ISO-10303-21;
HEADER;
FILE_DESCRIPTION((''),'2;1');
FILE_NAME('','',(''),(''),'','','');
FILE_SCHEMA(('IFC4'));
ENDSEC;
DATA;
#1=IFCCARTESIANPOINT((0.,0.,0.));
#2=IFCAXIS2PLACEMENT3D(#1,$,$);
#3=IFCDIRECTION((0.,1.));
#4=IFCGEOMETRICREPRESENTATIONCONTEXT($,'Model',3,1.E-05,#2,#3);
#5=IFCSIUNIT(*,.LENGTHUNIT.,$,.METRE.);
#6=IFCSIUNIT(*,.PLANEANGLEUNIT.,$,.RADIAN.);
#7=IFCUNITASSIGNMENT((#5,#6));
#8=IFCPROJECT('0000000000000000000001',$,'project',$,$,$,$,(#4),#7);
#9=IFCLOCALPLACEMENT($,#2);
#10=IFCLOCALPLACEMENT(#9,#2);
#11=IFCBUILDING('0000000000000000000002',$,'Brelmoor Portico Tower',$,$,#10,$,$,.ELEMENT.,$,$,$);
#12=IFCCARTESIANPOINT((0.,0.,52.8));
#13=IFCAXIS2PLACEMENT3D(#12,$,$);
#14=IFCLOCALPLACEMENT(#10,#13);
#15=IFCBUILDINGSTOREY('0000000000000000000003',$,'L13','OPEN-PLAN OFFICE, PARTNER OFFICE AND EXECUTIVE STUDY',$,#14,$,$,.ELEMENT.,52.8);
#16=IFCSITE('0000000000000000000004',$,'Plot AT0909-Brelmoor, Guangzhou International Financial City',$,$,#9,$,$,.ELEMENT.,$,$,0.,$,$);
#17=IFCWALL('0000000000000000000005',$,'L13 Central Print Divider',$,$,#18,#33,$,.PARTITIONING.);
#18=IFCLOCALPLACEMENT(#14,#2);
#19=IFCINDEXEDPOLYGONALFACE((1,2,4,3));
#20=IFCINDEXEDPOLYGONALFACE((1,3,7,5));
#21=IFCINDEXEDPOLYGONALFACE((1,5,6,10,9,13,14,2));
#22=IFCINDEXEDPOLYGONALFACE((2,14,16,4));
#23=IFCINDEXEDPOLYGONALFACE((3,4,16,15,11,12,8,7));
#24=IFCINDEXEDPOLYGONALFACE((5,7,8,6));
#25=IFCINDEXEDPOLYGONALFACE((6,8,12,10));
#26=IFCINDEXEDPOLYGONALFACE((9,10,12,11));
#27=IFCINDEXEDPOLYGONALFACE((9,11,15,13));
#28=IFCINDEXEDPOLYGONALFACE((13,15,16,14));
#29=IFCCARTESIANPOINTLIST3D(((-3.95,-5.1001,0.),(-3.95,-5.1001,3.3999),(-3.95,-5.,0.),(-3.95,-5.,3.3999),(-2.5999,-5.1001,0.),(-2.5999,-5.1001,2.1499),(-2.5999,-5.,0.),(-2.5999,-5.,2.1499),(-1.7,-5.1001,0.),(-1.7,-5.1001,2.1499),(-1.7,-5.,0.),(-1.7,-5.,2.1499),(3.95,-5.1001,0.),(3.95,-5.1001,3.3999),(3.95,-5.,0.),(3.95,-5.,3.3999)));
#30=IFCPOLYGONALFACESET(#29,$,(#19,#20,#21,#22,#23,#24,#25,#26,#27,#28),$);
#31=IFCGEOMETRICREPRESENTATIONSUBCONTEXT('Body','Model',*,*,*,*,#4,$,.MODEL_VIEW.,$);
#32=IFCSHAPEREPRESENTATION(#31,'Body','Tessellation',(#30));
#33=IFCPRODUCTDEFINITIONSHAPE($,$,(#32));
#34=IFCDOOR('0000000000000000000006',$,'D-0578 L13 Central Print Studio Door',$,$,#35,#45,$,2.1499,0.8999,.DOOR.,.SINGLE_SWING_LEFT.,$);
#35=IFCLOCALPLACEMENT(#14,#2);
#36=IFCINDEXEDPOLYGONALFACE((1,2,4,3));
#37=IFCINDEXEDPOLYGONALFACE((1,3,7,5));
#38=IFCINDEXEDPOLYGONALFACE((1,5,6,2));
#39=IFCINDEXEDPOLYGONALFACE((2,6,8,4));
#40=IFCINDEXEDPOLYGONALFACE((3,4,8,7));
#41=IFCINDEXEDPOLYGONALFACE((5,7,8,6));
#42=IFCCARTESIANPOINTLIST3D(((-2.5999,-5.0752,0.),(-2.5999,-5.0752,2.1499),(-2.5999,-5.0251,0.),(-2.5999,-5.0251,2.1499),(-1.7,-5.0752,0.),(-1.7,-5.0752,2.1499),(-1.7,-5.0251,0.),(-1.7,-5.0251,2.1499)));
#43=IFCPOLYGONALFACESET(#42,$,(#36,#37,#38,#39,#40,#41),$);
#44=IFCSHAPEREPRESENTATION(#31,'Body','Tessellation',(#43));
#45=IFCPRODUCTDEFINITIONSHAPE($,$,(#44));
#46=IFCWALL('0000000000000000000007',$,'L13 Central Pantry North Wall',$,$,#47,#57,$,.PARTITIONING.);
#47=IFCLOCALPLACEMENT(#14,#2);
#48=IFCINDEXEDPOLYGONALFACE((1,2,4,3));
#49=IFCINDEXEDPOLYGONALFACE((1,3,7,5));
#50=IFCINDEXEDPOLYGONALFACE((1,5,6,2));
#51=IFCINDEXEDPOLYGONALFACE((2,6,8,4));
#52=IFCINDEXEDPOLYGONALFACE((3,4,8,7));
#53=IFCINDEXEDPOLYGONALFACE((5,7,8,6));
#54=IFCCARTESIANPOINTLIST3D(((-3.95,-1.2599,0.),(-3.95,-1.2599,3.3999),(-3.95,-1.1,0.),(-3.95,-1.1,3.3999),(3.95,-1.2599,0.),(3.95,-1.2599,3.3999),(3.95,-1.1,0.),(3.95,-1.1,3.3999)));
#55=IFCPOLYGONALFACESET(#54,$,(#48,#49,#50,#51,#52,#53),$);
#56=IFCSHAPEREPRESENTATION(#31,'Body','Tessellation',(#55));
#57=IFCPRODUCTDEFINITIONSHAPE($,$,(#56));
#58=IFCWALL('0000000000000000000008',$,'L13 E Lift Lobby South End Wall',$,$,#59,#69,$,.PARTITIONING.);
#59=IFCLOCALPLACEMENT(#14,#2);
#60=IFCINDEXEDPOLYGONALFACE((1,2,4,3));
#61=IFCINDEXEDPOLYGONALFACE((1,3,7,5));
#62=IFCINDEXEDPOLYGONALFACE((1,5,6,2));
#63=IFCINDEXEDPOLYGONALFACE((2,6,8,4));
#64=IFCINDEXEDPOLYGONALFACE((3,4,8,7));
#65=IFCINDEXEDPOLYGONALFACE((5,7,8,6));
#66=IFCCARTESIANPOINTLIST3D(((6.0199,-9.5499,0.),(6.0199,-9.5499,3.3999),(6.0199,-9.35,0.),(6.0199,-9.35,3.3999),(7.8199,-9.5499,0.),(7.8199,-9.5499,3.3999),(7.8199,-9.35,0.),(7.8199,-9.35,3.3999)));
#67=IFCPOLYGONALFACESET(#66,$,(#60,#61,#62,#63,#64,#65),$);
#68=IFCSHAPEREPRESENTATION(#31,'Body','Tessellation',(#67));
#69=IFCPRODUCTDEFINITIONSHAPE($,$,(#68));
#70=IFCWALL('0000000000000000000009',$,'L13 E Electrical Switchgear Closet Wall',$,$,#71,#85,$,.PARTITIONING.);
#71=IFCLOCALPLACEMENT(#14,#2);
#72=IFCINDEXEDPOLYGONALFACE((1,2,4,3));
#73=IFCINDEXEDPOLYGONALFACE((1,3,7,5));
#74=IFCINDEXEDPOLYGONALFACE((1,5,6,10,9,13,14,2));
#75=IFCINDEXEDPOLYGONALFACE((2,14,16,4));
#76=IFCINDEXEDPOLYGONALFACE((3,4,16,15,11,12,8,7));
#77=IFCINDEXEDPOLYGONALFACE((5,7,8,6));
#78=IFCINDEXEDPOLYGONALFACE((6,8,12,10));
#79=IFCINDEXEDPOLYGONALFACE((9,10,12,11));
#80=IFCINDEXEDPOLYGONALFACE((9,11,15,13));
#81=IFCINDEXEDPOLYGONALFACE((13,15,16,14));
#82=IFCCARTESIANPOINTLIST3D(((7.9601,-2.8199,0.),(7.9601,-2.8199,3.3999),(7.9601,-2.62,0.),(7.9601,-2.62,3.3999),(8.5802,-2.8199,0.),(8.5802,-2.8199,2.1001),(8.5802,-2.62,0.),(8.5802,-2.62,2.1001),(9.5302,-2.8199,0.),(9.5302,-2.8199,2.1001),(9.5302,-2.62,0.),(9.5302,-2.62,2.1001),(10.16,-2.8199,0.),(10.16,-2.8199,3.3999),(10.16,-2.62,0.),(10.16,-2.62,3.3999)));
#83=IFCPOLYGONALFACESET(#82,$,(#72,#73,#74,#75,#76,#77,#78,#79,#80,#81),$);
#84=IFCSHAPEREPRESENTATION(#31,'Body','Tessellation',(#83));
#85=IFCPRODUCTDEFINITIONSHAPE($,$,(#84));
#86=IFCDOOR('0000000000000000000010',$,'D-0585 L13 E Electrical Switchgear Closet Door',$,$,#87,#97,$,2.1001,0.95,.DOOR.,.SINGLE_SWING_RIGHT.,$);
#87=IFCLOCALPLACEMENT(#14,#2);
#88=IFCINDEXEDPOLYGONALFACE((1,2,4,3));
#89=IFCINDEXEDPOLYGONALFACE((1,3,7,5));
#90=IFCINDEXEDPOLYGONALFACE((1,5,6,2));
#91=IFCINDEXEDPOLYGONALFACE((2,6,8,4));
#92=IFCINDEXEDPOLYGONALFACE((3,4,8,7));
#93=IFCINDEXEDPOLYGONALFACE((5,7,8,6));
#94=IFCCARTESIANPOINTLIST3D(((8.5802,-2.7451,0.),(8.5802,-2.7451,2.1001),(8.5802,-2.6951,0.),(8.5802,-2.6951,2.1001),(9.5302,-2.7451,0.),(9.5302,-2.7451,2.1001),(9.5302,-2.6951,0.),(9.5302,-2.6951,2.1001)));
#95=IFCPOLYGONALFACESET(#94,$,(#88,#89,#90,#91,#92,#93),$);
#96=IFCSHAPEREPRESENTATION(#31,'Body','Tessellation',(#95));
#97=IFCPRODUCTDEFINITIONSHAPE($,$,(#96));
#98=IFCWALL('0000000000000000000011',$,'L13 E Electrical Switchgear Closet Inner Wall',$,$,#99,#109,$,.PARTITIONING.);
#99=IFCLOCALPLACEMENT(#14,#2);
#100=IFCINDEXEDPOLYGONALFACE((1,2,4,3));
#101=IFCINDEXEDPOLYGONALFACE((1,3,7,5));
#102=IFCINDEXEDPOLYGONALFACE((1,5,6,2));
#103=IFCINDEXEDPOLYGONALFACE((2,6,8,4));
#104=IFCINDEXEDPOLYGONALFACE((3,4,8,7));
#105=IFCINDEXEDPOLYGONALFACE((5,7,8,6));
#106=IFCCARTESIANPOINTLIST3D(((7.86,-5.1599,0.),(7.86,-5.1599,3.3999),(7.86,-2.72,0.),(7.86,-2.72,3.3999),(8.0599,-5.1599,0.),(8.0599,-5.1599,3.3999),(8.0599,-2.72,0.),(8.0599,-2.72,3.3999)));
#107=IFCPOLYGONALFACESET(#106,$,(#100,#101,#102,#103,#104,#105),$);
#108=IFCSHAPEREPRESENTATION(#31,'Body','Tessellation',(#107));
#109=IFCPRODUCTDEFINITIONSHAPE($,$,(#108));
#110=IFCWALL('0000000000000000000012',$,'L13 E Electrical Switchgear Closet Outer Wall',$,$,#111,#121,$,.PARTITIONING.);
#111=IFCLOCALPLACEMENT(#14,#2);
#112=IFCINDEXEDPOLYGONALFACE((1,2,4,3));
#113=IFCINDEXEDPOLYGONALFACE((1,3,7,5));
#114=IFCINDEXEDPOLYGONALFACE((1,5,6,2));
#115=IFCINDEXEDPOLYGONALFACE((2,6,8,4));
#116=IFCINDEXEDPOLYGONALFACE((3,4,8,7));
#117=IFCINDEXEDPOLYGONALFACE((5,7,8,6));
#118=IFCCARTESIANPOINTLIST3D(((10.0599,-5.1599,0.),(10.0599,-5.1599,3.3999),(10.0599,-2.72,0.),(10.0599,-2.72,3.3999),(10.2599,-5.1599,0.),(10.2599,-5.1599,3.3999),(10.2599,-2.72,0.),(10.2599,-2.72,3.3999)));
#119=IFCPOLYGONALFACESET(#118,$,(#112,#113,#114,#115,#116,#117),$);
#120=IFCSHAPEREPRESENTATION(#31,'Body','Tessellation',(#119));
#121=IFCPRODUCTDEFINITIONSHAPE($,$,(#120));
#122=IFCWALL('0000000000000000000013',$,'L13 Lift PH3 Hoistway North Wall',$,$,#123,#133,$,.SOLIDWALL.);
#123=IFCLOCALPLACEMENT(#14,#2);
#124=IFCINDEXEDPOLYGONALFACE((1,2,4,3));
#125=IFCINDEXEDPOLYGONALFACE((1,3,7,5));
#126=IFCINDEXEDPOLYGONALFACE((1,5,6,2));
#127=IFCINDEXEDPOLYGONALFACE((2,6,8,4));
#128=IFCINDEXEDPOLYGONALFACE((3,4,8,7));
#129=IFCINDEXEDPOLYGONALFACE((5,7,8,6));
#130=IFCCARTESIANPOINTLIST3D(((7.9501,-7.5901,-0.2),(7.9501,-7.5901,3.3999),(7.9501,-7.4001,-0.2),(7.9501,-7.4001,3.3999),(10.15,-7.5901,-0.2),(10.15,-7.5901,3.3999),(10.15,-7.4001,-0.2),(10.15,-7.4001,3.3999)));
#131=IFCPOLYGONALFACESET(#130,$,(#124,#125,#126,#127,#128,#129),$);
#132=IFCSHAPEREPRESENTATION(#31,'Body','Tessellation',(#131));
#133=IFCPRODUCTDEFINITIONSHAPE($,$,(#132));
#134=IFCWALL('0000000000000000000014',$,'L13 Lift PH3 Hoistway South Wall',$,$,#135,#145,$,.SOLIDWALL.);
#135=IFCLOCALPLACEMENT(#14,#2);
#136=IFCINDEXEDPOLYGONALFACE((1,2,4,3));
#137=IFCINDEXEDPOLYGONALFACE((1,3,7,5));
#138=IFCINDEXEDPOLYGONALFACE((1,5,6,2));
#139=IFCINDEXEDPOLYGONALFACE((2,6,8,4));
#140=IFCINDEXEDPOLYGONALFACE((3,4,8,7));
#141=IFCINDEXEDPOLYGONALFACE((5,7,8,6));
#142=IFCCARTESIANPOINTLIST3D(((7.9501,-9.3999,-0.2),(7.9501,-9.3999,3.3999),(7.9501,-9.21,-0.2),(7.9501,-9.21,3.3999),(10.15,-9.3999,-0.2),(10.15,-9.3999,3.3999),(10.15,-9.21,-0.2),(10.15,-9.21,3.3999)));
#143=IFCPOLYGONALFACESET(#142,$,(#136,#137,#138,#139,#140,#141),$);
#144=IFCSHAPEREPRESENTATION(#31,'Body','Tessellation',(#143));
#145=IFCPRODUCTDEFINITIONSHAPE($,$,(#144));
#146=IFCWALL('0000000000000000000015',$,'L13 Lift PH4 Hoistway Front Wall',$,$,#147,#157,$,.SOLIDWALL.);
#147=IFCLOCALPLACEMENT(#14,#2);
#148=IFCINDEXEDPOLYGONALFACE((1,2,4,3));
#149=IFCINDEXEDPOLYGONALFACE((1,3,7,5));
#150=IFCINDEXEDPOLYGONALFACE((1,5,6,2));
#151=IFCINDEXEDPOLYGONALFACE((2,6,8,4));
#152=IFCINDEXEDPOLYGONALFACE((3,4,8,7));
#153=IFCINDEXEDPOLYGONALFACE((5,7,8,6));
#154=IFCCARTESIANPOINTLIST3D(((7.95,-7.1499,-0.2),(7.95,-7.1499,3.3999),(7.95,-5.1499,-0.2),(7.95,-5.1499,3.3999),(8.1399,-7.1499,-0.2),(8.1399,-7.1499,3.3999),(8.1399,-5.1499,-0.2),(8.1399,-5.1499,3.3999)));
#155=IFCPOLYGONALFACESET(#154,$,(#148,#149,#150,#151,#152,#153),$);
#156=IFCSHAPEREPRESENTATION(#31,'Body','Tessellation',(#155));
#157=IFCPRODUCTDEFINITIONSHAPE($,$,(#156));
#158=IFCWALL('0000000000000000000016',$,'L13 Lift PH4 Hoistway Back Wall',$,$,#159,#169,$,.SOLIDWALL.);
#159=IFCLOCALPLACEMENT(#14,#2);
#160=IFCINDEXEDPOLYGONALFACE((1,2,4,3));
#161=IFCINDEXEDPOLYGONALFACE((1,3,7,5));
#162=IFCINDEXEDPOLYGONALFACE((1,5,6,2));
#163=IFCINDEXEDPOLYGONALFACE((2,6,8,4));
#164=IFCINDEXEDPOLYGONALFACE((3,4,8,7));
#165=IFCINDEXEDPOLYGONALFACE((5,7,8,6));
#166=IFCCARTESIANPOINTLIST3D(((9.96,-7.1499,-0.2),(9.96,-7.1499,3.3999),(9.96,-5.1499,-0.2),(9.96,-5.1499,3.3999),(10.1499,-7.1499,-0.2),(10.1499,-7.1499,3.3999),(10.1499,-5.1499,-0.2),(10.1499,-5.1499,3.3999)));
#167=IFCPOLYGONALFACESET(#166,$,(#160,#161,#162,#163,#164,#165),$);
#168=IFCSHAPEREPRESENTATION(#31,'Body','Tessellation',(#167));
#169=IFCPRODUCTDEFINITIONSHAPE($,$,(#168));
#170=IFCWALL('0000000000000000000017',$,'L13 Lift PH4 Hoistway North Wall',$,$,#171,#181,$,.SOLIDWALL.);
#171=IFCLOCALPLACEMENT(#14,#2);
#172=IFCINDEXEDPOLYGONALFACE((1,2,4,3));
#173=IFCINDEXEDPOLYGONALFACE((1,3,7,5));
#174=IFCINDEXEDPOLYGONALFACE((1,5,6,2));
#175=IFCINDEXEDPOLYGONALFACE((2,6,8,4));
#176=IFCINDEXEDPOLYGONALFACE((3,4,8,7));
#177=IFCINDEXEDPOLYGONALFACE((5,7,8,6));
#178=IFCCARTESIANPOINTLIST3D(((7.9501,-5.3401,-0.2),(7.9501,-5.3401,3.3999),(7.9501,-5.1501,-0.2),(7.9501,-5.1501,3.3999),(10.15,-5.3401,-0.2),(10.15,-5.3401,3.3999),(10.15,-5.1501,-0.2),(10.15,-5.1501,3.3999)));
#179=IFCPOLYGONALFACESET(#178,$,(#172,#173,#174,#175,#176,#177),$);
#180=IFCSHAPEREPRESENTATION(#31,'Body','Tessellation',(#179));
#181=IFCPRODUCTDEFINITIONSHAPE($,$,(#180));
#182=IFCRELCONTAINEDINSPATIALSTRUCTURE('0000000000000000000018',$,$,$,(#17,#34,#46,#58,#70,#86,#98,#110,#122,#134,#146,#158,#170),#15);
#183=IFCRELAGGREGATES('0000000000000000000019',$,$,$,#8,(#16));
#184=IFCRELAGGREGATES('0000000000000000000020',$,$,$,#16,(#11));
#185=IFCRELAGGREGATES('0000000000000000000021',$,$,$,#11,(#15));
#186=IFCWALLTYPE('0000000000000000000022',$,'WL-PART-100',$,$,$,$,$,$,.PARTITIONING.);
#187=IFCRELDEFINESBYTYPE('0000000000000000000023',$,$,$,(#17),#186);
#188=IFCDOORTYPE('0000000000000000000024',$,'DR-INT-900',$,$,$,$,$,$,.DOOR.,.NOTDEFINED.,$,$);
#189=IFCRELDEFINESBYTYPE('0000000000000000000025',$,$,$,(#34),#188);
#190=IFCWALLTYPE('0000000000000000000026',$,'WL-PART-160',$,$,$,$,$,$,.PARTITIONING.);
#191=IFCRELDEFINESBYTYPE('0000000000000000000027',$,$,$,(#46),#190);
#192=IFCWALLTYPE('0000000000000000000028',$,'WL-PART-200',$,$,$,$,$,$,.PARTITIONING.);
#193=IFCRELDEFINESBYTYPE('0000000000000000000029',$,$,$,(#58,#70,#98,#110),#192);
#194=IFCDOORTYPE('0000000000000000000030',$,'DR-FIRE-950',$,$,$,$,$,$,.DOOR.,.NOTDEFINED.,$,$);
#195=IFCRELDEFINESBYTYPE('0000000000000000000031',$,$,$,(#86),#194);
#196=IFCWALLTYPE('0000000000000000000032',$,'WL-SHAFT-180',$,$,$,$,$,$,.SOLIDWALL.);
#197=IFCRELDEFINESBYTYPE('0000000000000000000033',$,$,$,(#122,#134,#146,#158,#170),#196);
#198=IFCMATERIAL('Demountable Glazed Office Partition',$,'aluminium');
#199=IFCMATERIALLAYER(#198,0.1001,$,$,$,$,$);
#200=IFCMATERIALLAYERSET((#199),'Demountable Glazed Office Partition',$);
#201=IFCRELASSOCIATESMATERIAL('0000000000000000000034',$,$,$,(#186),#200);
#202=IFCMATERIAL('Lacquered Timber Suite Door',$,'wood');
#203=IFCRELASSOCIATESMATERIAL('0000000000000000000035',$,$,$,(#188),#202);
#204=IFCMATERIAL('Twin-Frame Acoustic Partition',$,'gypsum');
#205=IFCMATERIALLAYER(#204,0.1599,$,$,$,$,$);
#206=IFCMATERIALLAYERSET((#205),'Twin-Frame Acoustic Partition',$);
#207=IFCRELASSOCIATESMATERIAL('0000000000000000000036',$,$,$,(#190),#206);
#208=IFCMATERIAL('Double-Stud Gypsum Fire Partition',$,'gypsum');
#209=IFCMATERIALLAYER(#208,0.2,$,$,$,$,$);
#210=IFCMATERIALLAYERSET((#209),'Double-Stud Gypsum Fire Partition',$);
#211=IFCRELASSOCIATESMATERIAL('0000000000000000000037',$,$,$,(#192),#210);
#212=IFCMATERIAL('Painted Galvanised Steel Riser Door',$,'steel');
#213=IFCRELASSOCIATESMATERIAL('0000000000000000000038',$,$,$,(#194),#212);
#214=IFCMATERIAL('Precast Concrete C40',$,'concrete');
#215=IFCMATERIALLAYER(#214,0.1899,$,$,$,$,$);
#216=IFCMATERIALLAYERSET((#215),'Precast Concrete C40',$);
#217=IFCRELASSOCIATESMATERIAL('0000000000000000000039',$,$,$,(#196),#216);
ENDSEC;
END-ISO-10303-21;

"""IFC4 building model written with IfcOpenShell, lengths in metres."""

from ifc_helpers import new_model, si_unit, direction, frame, frame_2d, origin, place, context, subcontext, project, spatial, rectangle, extrude, material, layer, layer_set, type_object, element, fill, save


model = new_model("IFC4")

# Units and contexts
model_context = context("Model", 3, precision=1e-05, world=origin(), true_north=direction((0.0, 1.0)))
body_context = subcontext(model_context, "Body", "Model", "MODEL_VIEW")
ifc_project = project(units=[si_unit("LENGTHUNIT", "METRE"), si_unit("PLANEANGLEUNIT", "RADIAN")], contexts=[model_context])

# Site, building, storey
site_placement = place(None, origin())
site = spatial("IfcSite", under=ifc_project, at=site_placement, Name="Plot AT0909-Brelmoor, Guangzhou International Financial City", CompositionType="ELEMENT", RefElevation=0.0)
building_placement = place(site_placement, origin())
building = spatial("IfcBuilding", under=site, at=building_placement, Name="Brelmoor Portico Tower", CompositionType="ELEMENT")
storey_placement = place(building_placement, frame((0.0, 0.0, 52.8)))
storey = spatial("IfcBuildingStorey", under=building, at=storey_placement, Name="L13", Description="OPEN-PLAN OFFICE, PARTNER OFFICE AND EXECUTIVE STUDY", CompositionType="ELEMENT", Elevation=52.8)

# Wall, opening, door
ifc_material_1 = material(Name="Demountable Glazed Office Partition", Category="aluminium")
ifc_layer_1 = layer(ifc_material_1, 0.1001)
ifc_layer_set_1 = layer_set([ifc_layer_1], Name="Demountable Glazed Office Partition")
wall_type_1 = type_object("IfcWallType", Name="WL-PART-100", PredefinedType="PARTITIONING", material=ifc_layer_set_1)
wall_1_placement = place(storey_placement, frame((-3.95, -5.05, 0.0), z_axis=(0.0, 0.0, 1.0), x_axis=(1.0, 0.0, 0.0)))
wall_1 = element("IfcWall", 1, at=wall_1_placement, inside=storey, type_object=wall_type_1, Name="L13 Central Print Divider", PredefinedType="PARTITIONING", context=body_context, shape_type="SweptSolid", body=[
    extrude(rectangle(XDim=7.8999, YDim=0.1001, at=frame_2d((3.95, 0.0))), origin(), (0.0, 0.0, 1.0), 3.3999),
])
opening_1_placement = place(wall_1_placement, frame((1.3501, 0.0, 0.0)))
opening_1 = element("IfcOpeningElement", 2, at=opening_1_placement, cuts=wall_1, PredefinedType="OPENING", context=body_context, shape_type="SweptSolid", body=[
    extrude(rectangle(XDim=0.8999, YDim=2.1499, at=frame_2d((0.45, 1.075))), frame((0.0, 0.0601, 0.0), z_axis=(0.0, -1.0, 0.0), x_axis=(1.0, 0.0, 0.0)), (0.0, 0.0, 1.0), 0.1201),
])
ifc_material_2 = material(Name="Lacquered Timber Suite Door", Category="wood")
door_type_1 = type_object("IfcDoorType", Name="DR-INT-900", OperationType="NOTDEFINED", PredefinedType="DOOR", material=ifc_material_2)
door_1_placement = place(opening_1_placement, origin())
door_1 = element("IfcDoor", 3, at=door_1_placement, inside=storey, type_object=door_type_1, Name="D-0578 L13 Central Print Studio Door", OperationType="SINGLE_SWING_LEFT", OverallHeight=2.1499, OverallWidth=0.8999, PredefinedType="DOOR", context=body_context, shape_type="SweptSolid", body=[
    extrude(rectangle(XDim=0.8999, YDim=2.1499, at=frame_2d((0.45, 1.075))), frame((0.0, 0.0249, 0.0), z_axis=(0.0, -1.0, 0.0), x_axis=(1.0, 0.0, 0.0)), (0.0, 0.0, 1.0), 0.05),
])
fill(opening_1, door_1)

# Walls
ifc_material_3 = material(Name="Twin-Frame Acoustic Partition", Category="gypsum")
ifc_layer_2 = layer(ifc_material_3, 0.1599)
ifc_layer_set_2 = layer_set([ifc_layer_2], Name="Twin-Frame Acoustic Partition")
wall_type_2 = type_object("IfcWallType", Name="WL-PART-160", PredefinedType="PARTITIONING", material=ifc_layer_set_2)
wall_2_placement = place(storey_placement, frame((-3.95, -1.1799, 0.0), z_axis=(0.0, 0.0, 1.0), x_axis=(1.0, 0.0, 0.0)))
element("IfcWall", 4, at=wall_2_placement, inside=storey, type_object=wall_type_2, Name="L13 Central Pantry North Wall", PredefinedType="PARTITIONING", context=body_context, shape_type="SweptSolid", body=[
    extrude(rectangle(XDim=7.8999, YDim=0.1599, at=frame_2d((3.95, 0.0))), origin(), (0.0, 0.0, 1.0), 3.3999),
])
ifc_material_4 = material(Name="Double-Stud Gypsum Fire Partition", Category="gypsum")
ifc_layer_3 = layer(ifc_material_4, 0.2)
ifc_layer_set_3 = layer_set([ifc_layer_3], Name="Double-Stud Gypsum Fire Partition")
wall_type_3 = type_object("IfcWallType", Name="WL-PART-200", PredefinedType="PARTITIONING", material=ifc_layer_set_3)
wall_3_placement = place(storey_placement, frame((6.02, -9.45, 0.0), z_axis=(0.0, 0.0, 1.0), x_axis=(1.0, 0.0, 0.0)))
element("IfcWall", 5, at=wall_3_placement, inside=storey, type_object=wall_type_3, Name="L13 E Lift Lobby South End Wall", PredefinedType="PARTITIONING", context=body_context, shape_type="SweptSolid", body=[
    extrude(rectangle(XDim=1.8, YDim=0.2, at=frame_2d((0.8999, 0.0))), origin(), (0.0, 0.0, 1.0), 3.3999),
])

# Wall, opening, door
wall_4_placement = place(storey_placement, frame((7.96, -2.72, 0.0), z_axis=(0.0, 0.0, 1.0), x_axis=(1.0, 0.0, 0.0)))
wall_4 = element("IfcWall", 6, at=wall_4_placement, inside=storey, type_object=wall_type_3, Name="L13 E Electrical Switchgear Closet Wall", PredefinedType="PARTITIONING", context=body_context, shape_type="SweptSolid", body=[
    extrude(rectangle(XDim=2.2, YDim=0.2, at=frame_2d((1.1001, 0.0))), origin(), (0.0, 0.0, 1.0), 3.3999),
])
opening_2_placement = place(wall_4_placement, frame((0.6201, 0.0, 0.0)))
opening_2 = element("IfcOpeningElement", 7, at=opening_2_placement, cuts=wall_4, PredefinedType="OPENING", context=body_context, shape_type="SweptSolid", body=[
    extrude(rectangle(XDim=0.95, YDim=2.1001, at=frame_2d((0.4751, 1.05))), frame((0.0, 0.1099, 0.0), z_axis=(0.0, -1.0, 0.0), x_axis=(1.0, 0.0, 0.0)), (0.0, 0.0, 1.0), 0.22),
])
ifc_material_5 = material(Name="Painted Galvanised Steel Riser Door", Category="steel")
door_type_2 = type_object("IfcDoorType", Name="DR-FIRE-950", OperationType="NOTDEFINED", PredefinedType="DOOR", material=ifc_material_5)
door_2_placement = place(opening_2_placement, origin())
door_2 = element("IfcDoor", 8, at=door_2_placement, inside=storey, type_object=door_type_2, Name="D-0585 L13 E Electrical Switchgear Closet Door", OperationType="SINGLE_SWING_RIGHT", OverallHeight=2.1001, OverallWidth=0.95, PredefinedType="DOOR", context=body_context, shape_type="SweptSolid", body=[
    extrude(rectangle(XDim=0.95, YDim=2.1001, at=frame_2d((0.4751, 1.05))), frame((0.0, 0.0249, 0.0), z_axis=(0.0, -1.0, 0.0), x_axis=(1.0, 0.0, 0.0)), (0.0, 0.0, 1.0), 0.05),
])
fill(opening_2, door_2)

# Walls
for number, where, z_axis, x_axis, name in (
    (9, (7.96, -5.1599, 0.0), (0.0, 0.0, 1.0), (0.0, 1.0, 0.0), "L13 E Electrical Switchgear Closet Inner Wall"),
    (10, (10.1599, -5.1599, 0.0), (0.0, 0.0, 1.0), (0.0, 1.0, 0.0), "L13 E Electrical Switchgear Closet Outer Wall"),
):
    element("IfcWall", number, at=place(storey_placement, frame(where, z_axis=z_axis, x_axis=x_axis)), inside=storey, type_object=wall_type_3, Name=name, PredefinedType="PARTITIONING", context=body_context, shape_type="SweptSolid", body=[
        extrude(rectangle(XDim=2.4399, YDim=0.2, at=frame_2d((1.22, 0.0))), origin(), (0.0, 0.0, 1.0), 3.3999),
    ])
ifc_material_6 = material(Name="Precast Concrete C40", Category="concrete")
ifc_layer_4 = layer(ifc_material_6, 0.1899)
ifc_layer_set_4 = layer_set([ifc_layer_4], Name="Precast Concrete C40")
wall_type_4 = type_object("IfcWallType", Name="WL-SHAFT-180", PredefinedType="SOLIDWALL", material=ifc_layer_set_4)
for number, where, z_axis, x_axis, name in (
    (11, (7.95, -7.4951, -0.2), (0.0, 0.0, 1.0), (1.0, 0.0, 0.0), "L13 Lift PH3 Hoistway North Wall"),
    (12, (7.95, -9.3049, -0.2), (0.0, 0.0, 1.0), (1.0, 0.0, 0.0), "L13 Lift PH3 Hoistway South Wall"),
):
    element("IfcWall", number, at=place(storey_placement, frame(where, z_axis=z_axis, x_axis=x_axis)), inside=storey, type_object=wall_type_4, Name=name, PredefinedType="SOLIDWALL", context=body_context, shape_type="SweptSolid", body=[
        extrude(rectangle(XDim=2.2, YDim=0.1899, at=frame_2d((1.1001, 0.0))), origin(), (0.0, 0.0, 1.0), 3.5999),
    ])
for number, where, z_axis, x_axis, name in (
    (13, (8.0449, -7.1499, -0.2), (0.0, 0.0, 1.0), (0.0, 1.0, 0.0), "L13 Lift PH4 Hoistway Front Wall"),
    (14, (10.0549, -7.1499, -0.2), (0.0, 0.0, 1.0), (0.0, 1.0, 0.0), "L13 Lift PH4 Hoistway Back Wall"),
):
    element("IfcWall", number, at=place(storey_placement, frame(where, z_axis=z_axis, x_axis=x_axis)), inside=storey, type_object=wall_type_4, Name=name, PredefinedType="SOLIDWALL", context=body_context, shape_type="SweptSolid", body=[
        extrude(rectangle(XDim=2.0, YDim=0.1899, at=frame_2d((1.0, 0.0))), origin(), (0.0, 0.0, 1.0), 3.5999),
    ])
for number, where, z_axis, x_axis, name in (
    (15, (7.95, -5.2451, -0.2), (0.0, 0.0, 1.0), (1.0, 0.0, 0.0), "L13 Lift PH4 Hoistway North Wall"),
):
    element("IfcWall", number, at=place(storey_placement, frame(where, z_axis=z_axis, x_axis=x_axis)), inside=storey, type_object=wall_type_4, Name=name, PredefinedType="SOLIDWALL", context=body_context, shape_type="SweptSolid", body=[
        extrude(rectangle(XDim=2.2, YDim=0.1899, at=frame_2d((1.1001, 0.0))), origin(), (0.0, 0.0, 1.0), 3.5999),
    ])

save(model, "model.ifc")
